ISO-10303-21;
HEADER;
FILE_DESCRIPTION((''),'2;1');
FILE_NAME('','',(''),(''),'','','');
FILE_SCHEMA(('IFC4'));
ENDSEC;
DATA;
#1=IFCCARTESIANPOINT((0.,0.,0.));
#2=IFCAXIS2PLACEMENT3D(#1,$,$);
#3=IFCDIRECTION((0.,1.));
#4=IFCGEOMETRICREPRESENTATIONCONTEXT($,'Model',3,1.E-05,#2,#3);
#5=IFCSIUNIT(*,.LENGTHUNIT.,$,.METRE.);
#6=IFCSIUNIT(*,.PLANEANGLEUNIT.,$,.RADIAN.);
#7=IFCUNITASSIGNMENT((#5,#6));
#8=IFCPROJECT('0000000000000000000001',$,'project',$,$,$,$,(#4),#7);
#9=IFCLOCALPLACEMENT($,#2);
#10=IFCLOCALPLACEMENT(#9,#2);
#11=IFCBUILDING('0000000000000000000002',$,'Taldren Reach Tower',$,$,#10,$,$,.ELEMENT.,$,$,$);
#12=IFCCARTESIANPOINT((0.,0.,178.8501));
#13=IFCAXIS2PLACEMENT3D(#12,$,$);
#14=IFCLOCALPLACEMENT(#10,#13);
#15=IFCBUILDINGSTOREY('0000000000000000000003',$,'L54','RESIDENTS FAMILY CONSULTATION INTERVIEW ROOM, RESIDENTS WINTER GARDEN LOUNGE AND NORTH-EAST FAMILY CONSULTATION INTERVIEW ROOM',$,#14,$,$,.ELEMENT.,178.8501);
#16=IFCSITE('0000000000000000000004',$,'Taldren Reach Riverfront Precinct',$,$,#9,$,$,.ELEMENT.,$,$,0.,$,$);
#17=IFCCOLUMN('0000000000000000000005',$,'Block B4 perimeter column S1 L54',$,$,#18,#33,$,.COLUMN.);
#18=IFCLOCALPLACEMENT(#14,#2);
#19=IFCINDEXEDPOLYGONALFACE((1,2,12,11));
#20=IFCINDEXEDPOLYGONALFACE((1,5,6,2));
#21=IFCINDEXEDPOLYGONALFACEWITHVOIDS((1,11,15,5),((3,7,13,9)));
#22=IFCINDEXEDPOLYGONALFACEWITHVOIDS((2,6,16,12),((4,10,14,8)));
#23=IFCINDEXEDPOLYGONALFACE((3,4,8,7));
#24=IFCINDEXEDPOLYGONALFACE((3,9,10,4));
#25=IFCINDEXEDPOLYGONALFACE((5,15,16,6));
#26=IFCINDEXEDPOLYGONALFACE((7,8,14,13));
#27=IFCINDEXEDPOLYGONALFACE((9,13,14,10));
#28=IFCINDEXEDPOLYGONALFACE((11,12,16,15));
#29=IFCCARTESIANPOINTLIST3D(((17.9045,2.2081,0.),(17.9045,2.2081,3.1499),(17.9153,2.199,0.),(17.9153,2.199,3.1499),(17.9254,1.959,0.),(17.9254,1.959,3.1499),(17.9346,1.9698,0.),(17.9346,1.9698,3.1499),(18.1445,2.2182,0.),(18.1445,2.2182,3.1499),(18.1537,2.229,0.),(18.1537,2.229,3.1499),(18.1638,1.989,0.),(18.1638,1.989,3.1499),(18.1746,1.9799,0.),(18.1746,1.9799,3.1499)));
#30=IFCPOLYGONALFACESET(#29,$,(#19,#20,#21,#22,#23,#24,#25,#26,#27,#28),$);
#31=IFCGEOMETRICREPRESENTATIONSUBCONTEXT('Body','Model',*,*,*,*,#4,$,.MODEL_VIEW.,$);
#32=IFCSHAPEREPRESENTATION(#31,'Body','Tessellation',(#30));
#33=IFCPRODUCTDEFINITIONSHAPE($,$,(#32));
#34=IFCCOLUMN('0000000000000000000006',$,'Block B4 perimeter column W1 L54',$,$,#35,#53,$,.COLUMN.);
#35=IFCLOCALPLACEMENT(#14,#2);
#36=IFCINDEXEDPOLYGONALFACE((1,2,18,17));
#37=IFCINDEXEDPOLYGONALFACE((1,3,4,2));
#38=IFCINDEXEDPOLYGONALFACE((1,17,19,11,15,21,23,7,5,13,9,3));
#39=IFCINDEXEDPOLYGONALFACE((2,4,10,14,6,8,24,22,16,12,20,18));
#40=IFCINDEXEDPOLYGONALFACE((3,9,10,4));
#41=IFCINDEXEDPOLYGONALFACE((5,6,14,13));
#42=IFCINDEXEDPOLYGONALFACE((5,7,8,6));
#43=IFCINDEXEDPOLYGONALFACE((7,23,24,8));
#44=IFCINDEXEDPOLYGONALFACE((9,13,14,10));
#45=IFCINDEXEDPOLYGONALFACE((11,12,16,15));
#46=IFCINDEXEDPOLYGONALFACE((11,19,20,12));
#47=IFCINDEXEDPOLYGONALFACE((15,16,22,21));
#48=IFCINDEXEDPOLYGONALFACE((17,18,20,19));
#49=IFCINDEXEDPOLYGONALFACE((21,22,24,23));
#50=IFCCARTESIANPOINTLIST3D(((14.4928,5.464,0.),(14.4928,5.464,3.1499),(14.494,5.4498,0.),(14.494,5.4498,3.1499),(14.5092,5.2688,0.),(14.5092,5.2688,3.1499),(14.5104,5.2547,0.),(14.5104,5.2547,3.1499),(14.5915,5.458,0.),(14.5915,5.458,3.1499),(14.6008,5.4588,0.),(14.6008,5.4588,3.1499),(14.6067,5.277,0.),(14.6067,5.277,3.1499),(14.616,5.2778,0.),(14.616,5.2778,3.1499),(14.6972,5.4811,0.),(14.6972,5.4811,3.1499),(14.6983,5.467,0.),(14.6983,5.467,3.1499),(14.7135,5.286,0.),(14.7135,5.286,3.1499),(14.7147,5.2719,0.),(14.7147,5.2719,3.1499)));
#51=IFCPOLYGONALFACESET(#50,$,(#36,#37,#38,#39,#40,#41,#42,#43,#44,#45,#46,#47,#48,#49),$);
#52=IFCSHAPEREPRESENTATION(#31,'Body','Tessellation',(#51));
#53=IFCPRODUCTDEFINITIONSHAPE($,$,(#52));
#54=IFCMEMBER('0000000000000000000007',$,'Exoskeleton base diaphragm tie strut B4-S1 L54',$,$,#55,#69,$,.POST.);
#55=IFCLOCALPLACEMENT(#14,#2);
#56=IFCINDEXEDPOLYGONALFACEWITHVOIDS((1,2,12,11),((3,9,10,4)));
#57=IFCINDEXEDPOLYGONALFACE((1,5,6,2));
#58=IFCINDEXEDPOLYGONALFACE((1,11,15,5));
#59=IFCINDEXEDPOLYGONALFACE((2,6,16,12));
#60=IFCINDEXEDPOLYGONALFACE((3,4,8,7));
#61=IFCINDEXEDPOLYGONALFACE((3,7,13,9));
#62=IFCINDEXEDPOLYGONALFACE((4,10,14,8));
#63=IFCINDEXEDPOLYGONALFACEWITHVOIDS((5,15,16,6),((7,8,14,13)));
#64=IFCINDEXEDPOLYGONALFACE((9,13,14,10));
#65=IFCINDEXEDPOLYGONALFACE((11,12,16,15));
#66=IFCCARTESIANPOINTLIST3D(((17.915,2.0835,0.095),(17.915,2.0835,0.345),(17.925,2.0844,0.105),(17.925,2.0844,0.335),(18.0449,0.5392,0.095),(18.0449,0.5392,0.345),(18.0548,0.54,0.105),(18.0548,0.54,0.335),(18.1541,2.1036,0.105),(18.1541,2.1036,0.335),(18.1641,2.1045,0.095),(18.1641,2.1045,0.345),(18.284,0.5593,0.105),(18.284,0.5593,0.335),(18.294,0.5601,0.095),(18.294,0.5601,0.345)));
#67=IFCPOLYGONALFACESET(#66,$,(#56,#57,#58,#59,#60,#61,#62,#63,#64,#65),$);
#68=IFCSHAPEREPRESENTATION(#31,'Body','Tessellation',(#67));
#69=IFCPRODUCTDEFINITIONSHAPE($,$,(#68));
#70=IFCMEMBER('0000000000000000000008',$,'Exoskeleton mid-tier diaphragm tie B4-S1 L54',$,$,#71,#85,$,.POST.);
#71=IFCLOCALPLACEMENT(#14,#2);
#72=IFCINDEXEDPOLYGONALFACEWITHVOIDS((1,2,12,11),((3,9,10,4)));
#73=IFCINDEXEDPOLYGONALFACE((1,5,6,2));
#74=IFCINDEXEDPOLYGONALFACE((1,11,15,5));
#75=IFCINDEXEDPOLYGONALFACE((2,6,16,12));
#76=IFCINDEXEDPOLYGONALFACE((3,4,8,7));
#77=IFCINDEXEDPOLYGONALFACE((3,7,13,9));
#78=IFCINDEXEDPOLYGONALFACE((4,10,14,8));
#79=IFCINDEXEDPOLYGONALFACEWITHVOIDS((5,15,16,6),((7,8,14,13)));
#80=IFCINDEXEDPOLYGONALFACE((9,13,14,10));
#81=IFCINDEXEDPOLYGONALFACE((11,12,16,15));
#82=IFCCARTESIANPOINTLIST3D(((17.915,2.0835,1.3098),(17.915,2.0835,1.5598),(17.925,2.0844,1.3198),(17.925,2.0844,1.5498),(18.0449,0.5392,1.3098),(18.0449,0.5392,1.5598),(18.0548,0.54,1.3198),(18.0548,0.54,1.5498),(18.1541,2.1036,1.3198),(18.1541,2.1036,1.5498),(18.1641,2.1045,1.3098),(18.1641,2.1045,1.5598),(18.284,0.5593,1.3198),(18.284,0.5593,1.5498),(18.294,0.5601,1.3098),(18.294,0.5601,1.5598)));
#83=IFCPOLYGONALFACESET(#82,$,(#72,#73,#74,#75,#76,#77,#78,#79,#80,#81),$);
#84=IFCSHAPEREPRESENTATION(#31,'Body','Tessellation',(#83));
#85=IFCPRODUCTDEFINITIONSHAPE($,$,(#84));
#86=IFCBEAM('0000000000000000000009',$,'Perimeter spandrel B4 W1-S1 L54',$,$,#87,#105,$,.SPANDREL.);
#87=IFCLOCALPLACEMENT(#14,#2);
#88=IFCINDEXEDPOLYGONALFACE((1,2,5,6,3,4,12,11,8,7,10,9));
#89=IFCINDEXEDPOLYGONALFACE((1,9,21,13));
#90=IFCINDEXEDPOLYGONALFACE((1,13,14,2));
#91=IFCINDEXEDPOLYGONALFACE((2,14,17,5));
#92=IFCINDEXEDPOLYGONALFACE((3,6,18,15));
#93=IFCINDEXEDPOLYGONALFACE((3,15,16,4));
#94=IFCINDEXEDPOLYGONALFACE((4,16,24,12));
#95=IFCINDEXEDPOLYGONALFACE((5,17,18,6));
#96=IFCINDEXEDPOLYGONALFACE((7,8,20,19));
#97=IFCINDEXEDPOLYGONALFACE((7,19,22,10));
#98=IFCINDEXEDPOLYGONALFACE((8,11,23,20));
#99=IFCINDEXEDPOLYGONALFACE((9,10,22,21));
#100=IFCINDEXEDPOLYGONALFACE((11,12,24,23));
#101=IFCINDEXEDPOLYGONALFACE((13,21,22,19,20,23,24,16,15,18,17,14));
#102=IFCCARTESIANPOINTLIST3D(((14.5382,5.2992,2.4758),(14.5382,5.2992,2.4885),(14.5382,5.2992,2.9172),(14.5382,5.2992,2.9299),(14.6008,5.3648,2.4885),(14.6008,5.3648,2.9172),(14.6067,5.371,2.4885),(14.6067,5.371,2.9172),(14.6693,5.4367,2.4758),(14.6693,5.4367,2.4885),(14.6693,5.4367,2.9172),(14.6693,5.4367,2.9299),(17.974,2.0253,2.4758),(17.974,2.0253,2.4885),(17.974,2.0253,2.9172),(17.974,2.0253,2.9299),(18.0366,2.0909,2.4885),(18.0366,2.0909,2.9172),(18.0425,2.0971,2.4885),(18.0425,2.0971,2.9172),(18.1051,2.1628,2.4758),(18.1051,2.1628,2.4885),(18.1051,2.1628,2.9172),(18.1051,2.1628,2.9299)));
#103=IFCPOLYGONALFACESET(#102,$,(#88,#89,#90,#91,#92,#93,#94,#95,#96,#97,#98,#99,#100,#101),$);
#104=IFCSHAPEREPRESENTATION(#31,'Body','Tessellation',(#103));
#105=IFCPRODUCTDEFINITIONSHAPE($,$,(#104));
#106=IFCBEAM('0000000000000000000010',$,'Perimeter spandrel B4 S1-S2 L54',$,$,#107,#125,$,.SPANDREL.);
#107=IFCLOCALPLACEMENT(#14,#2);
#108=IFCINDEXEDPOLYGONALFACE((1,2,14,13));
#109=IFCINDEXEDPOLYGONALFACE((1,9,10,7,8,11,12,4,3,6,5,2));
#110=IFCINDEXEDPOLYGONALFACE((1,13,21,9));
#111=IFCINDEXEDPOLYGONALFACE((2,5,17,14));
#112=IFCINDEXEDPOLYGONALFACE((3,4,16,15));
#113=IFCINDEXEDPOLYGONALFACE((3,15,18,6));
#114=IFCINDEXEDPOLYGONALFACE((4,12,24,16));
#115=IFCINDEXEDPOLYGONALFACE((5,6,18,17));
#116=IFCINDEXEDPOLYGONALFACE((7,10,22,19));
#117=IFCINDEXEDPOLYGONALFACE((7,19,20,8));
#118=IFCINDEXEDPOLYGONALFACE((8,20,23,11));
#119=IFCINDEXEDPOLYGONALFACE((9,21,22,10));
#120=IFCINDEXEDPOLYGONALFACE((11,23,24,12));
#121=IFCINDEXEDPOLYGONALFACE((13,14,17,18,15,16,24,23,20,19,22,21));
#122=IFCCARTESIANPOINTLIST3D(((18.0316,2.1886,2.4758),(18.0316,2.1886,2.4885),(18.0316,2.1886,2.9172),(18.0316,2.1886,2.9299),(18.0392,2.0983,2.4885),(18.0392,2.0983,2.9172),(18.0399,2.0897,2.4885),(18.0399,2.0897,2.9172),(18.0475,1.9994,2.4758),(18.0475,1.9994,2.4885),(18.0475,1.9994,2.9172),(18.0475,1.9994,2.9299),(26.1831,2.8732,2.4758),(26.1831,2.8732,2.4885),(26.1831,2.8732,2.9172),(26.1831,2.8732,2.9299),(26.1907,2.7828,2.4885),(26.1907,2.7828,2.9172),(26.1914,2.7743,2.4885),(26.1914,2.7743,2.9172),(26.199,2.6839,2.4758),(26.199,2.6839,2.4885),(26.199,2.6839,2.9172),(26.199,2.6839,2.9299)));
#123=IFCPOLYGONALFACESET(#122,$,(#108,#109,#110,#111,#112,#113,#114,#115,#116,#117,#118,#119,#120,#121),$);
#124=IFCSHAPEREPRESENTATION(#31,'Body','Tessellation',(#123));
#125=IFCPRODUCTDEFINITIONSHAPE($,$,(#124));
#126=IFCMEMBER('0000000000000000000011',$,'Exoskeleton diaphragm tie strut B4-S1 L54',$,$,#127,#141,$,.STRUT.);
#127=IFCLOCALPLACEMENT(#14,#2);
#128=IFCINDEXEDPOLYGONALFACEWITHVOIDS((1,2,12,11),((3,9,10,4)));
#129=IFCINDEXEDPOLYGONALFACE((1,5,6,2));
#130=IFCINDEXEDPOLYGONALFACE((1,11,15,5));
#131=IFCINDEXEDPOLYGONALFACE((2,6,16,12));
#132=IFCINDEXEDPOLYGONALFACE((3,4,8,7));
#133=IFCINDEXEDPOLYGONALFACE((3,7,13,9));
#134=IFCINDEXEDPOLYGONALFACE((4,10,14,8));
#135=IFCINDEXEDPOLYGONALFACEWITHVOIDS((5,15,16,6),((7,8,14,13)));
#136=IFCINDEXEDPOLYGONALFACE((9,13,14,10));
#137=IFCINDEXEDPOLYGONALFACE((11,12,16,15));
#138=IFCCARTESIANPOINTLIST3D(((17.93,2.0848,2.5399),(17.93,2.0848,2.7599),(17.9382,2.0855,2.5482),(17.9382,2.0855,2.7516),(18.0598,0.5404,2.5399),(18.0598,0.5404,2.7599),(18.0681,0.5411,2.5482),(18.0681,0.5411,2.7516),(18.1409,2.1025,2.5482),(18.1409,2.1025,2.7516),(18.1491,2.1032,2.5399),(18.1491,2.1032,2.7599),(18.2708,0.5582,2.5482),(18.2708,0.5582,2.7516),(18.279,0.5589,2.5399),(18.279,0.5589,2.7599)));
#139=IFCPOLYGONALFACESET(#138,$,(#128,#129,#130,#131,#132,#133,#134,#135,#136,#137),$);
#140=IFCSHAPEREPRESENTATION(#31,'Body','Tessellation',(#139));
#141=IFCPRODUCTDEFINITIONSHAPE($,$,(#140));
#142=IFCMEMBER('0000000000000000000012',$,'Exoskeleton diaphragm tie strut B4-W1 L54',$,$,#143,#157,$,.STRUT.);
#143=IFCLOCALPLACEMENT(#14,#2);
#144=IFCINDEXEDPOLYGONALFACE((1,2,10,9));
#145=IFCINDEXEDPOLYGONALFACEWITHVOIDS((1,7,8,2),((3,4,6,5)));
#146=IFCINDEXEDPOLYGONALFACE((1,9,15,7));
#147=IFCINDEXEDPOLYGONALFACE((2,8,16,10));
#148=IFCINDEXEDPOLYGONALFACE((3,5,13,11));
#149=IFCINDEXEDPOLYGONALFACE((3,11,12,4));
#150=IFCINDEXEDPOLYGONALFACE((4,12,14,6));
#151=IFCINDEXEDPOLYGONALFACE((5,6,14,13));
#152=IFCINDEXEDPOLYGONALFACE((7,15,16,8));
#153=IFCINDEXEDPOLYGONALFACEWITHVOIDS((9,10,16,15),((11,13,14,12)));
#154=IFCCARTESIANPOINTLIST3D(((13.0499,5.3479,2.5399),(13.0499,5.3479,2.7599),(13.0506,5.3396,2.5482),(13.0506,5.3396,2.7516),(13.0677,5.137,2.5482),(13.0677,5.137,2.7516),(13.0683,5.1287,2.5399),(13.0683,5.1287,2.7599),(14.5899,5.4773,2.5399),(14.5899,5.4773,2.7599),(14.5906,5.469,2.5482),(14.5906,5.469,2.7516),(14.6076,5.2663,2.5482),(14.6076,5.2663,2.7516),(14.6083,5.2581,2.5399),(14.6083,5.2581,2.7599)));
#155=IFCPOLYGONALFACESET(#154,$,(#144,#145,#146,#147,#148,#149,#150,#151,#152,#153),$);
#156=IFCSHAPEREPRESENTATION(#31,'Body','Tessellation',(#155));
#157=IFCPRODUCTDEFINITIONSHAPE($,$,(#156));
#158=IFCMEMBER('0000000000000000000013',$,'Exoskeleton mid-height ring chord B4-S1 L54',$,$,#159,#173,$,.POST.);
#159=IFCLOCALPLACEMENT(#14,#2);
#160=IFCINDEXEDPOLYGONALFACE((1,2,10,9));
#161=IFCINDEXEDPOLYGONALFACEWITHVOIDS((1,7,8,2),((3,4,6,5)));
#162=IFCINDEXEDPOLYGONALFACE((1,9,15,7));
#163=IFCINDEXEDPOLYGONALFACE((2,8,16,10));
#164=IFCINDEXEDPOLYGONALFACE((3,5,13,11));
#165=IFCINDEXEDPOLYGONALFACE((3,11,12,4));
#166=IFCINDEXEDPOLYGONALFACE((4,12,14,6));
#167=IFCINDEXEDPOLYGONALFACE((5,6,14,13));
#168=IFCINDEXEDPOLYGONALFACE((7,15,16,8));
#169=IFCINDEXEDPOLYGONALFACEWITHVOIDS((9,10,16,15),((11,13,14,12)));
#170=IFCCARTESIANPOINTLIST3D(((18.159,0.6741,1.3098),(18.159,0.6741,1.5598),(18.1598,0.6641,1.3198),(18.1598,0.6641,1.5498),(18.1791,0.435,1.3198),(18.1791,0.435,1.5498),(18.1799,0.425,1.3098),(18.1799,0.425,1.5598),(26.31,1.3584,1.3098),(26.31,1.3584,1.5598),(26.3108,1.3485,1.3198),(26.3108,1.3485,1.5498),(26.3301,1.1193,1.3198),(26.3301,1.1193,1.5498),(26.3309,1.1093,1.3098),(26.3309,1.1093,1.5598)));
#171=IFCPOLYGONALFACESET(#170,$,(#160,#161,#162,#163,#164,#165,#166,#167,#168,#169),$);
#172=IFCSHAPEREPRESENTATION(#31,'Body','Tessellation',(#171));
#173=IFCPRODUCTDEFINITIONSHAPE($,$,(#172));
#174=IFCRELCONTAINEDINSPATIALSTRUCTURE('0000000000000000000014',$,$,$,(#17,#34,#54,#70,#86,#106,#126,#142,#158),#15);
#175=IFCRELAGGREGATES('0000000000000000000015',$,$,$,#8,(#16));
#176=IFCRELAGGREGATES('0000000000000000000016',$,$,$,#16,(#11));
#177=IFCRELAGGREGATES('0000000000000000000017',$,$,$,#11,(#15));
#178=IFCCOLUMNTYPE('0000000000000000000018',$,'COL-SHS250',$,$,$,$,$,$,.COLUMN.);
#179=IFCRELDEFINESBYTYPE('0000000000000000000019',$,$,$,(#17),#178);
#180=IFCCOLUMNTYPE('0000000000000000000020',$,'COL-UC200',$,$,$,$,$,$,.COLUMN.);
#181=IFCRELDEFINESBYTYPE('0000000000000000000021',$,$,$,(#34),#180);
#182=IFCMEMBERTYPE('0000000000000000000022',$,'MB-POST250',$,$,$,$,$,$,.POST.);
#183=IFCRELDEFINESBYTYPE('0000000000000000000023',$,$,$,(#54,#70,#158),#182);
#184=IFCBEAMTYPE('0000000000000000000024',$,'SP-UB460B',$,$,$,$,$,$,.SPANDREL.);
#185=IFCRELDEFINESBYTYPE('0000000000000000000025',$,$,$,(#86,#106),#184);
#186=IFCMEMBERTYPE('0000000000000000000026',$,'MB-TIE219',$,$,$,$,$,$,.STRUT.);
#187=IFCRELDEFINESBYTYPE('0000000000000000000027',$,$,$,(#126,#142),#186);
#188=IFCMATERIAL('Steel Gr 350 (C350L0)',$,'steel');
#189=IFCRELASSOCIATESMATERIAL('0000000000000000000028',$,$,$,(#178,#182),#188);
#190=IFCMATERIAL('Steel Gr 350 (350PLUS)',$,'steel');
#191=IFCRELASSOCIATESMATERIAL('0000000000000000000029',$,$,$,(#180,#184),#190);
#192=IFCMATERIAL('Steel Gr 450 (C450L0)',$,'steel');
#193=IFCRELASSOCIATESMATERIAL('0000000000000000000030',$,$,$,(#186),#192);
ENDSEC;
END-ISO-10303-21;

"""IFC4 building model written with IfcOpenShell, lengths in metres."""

from ifc_helpers import new_model, si_unit, direction, frame, origin, origin_2d, place, context, subcontext, project, spatial, hollow_rectangle, i_section, extrude, source, transform, mapped, material, material_profile, profile_set, type_object, element, save


model = new_model("IFC4")

# Units and contexts
model_context = context("Model", 3, precision=1e-05, world=origin(), true_north=direction((0.0, 1.0)))
body_context = subcontext(model_context, "Body", "Model", "MODEL_VIEW")
ifc_project = project(units=[si_unit("LENGTHUNIT", "METRE"), si_unit("PLANEANGLEUNIT", "RADIAN")], contexts=[model_context])

# Site, building, storey
site_placement = place(None, origin())
site = spatial("IfcSite", under=ifc_project, at=site_placement, Name="Taldren Reach Riverfront Precinct", CompositionType="ELEMENT", RefElevation=0.0)
building_placement = place(site_placement, origin())
building = spatial("IfcBuilding", under=site, at=building_placement, Name="Taldren Reach Tower", CompositionType="ELEMENT")
storey_placement = place(building_placement, frame((0.0, 0.0, 178.8501)))
storey = spatial("IfcBuildingStorey", under=building, at=storey_placement, Name="L54", Description="RESIDENTS FAMILY CONSULTATION INTERVIEW ROOM, RESIDENTS WINTER GARDEN LOUNGE AND NORTH-EAST FAMILY CONSULTATION INTERVIEW ROOM", CompositionType="ELEMENT", Elevation=178.8501)

# Columns
ifc_material_1 = material(Name="Steel Gr 350 (C350L0)", Category="steel")
ifc_material_profile_1 = material_profile(ifc_material_1, hollow_rectangle(XDim=0.25, YDim=0.25, WallThickness=0.01, at=origin_2d()), Name="250x250x10.0SHS")
ifc_profile_set_1 = profile_set([ifc_material_profile_1], Name="Steel Gr 350 (C350L0)")
column_type_1 = type_object("IfcColumnType", Name="COL-SHS250", PredefinedType="COLUMN", material=ifc_profile_set_1)
shared_shape_1 = source(origin(), body_context, "Body", "SweptSolid", [
    extrude(hollow_rectangle(XDim=0.25, YDim=0.25, WallThickness=0.01, at=origin_2d()), origin(), (0.0, 0.0, 1.0), 3.1499),
])
column_1_placement = place(storey_placement, frame((18.0396, 2.094, 0.0), z_axis=(0.0, 0.0, 1.0), x_axis=(0.996493, 0.083678, 0.0)))
element("IfcColumn", 1, at=column_1_placement, inside=storey, type_object=column_type_1, Name="Block B4 perimeter column S1 L54", PredefinedType="COLUMN", context=body_context, shape_type="MappedRepresentation", body=[
    mapped(shared_shape_1, transform((0.0, 0.0, 0.0), scale=1.0)),
])
ifc_material_2 = material(Name="Steel Gr 350 (350PLUS)", Category="steel")
ifc_material_profile_2 = material_profile(ifc_material_2, i_section(OverallWidth=0.2051, OverallDepth=0.21, WebThickness=0.0093, FlangeThickness=0.0142, at=origin_2d()), Name="200UC59.5")
ifc_profile_set_2 = profile_set([ifc_material_profile_2], Name="Steel Gr 350 (350PLUS)")
column_type_2 = type_object("IfcColumnType", Name="COL-UC200", PredefinedType="COLUMN", material=ifc_profile_set_2)
shared_shape_2 = source(origin(), body_context, "Body", "SweptSolid", [
    extrude(i_section(OverallWidth=0.2051, OverallDepth=0.21, WebThickness=0.0093, FlangeThickness=0.0142, at=origin_2d()), origin(), (0.0, 0.0, 1.0), 3.1499),
])
column_2_placement = place(storey_placement, frame((14.6038, 5.3679, 0.0), z_axis=(0.0, 0.0, 1.0), x_axis=(0.996493, 0.083678, 0.0)))
element("IfcColumn", 2, at=column_2_placement, inside=storey, type_object=column_type_2, Name="Block B4 perimeter column W1 L54", PredefinedType="COLUMN", context=body_context, shape_type="MappedRepresentation", body=[
    mapped(shared_shape_2, transform((0.0, 0.0, 0.0), scale=1.0)),
])

# Members
ifc_material_profile_3 = material_profile(ifc_material_1, hollow_rectangle(XDim=0.25, YDim=0.25, WallThickness=0.01, at=origin_2d()), Name="250x250x10.0SHS")
ifc_profile_set_3 = profile_set([ifc_material_profile_3], Name="Steel Gr 350 (C350L0)")
member_type_1 = type_object("IfcMemberType", Name="MB-POST250", PredefinedType="POST", material=ifc_profile_set_3)
shared_shape_3 = source(origin(), body_context, "Body", "SweptSolid", [
    extrude(hollow_rectangle(XDim=0.25, YDim=0.25, WallThickness=0.01, at=origin_2d()), origin(), (0.0, 0.0, 1.0), 1.5498),
])
for number, where, z_axis, x_axis, name in (
    (3, (18.0396, 2.094, 0.22), (0.083802, -0.996482, 0.0), (0.996482, 0.083802, 0.0), "Exoskeleton base diaphragm tie strut B4-S1 L54"),
    (4, (18.0396, 2.094, 1.4348), (0.083802, -0.996482, 0.0), (0.996482, 0.083802, 0.0), "Exoskeleton mid-tier diaphragm tie B4-S1 L54"),
):
    element("IfcMember", number, at=place(storey_placement, frame(where, z_axis=z_axis, x_axis=x_axis)), inside=storey, type_object=member_type_1, Name=name, PredefinedType="POST", context=body_context, shape_type="MappedRepresentation", body=[
        mapped(shared_shape_3, transform((0.0, 0.0, 0.0), scale=1.0)),
    ])

# Beams
ifc_material_profile_4 = material_profile(ifc_material_2, i_section(OverallWidth=0.1899, OverallDepth=0.4541, WebThickness=0.0085, FlangeThickness=0.0127, at=origin_2d()), Name="460UB67.1")
ifc_profile_set_4 = profile_set([ifc_material_profile_4], Name="Steel Gr 350 (350PLUS)")
beam_type = type_object("IfcBeamType", Name="SP-UB460B", PredefinedType="SPANDREL", material=ifc_profile_set_4)
shared_shape_4 = source(origin(), body_context, "Body", "SweptSolid", [
    extrude(i_section(OverallWidth=0.1899, OverallDepth=0.4541, WebThickness=0.0085, FlangeThickness=0.0127, at=origin_2d()), origin(), (0.0, 0.0, 1.0), 4.7458),
])
beam_1_placement = place(storey_placement, frame((14.6038, 5.3679, 2.7029), z_axis=(0.723954, -0.689848, 0.0), x_axis=(0.689848, 0.723954, 0.0)))
element("IfcBeam", 5, at=beam_1_placement, inside=storey, type_object=beam_type, Name="Perimeter spandrel B4 W1-S1 L54", PredefinedType="SPANDREL", context=body_context, shape_type="MappedRepresentation", body=[
    mapped(shared_shape_4, transform((0.0, 0.0, 0.0), scale=1.0)),
])
shared_shape_5 = source(origin(), body_context, "Body", "SweptSolid", [
    extrude(i_section(OverallWidth=0.1899, OverallDepth=0.4541, WebThickness=0.0085, FlangeThickness=0.0127, at=origin_2d()), origin(), (0.0, 0.0, 1.0), 8.1802),
])
beam_2_placement = place(storey_placement, frame((18.0396, 2.094, 2.7029), z_axis=(0.996492, 0.083688, 0.0), x_axis=(-0.083688, 0.996492, 0.0)))
element("IfcBeam", 6, at=beam_2_placement, inside=storey, type_object=beam_type, Name="Perimeter spandrel B4 S1-S2 L54", PredefinedType="SPANDREL", context=body_context, shape_type="MappedRepresentation", body=[
    mapped(shared_shape_5, transform((0.0, 0.0, 0.0), scale=1.0)),
])

# Members
ifc_material_3 = material(Name="Steel Gr 450 (C450L0)", Category="steel")
ifc_material_profile_5 = material_profile(ifc_material_3, hollow_rectangle(XDim=0.22, YDim=0.22, WallThickness=0.0083, at=origin_2d()), Name="220x220x8.2SHS")
ifc_profile_set_5 = profile_set([ifc_material_profile_5], Name="Steel Gr 450 (C450L0)")
member_type_2 = type_object("IfcMemberType", Name="MB-TIE219", PredefinedType="STRUT", material=ifc_profile_set_5)
shared_shape_6 = source(origin(), body_context, "Body", "SweptSolid", [
    extrude(hollow_rectangle(XDim=0.22, YDim=0.22, WallThickness=0.0083, at=origin_2d()), origin(), (0.0, 0.0, 1.0), 1.5498),
])
member_1_placement = place(storey_placement, frame((18.0396, 2.094, 2.6499), z_axis=(0.083802, -0.996482, 0.0), x_axis=(0.996482, 0.083802, 0.0)))
element("IfcMember", 7, at=member_1_placement, inside=storey, type_object=member_type_2, Name="Exoskeleton diaphragm tie strut B4-S1 L54", PredefinedType="STRUT", context=body_context, shape_type="MappedRepresentation", body=[
    mapped(shared_shape_6, transform((0.0, 0.0, 0.0), scale=1.0)),
])
shared_shape_7 = source(origin(), body_context, "Body", "SweptSolid", [
    extrude(hollow_rectangle(XDim=0.22, YDim=0.22, WallThickness=0.0083, at=origin_2d()), origin(), (0.0, 0.0, 1.0), 1.5454),
])
member_2_placement = place(storey_placement, frame((14.5991, 5.3677, 2.6499), z_axis=(-0.996489, -0.083725, 0.0), x_axis=(0.083725, -0.996489, 0.0)))
element("IfcMember", 8, at=member_2_placement, inside=storey, type_object=member_type_2, Name="Exoskeleton diaphragm tie strut B4-W1 L54", PredefinedType="STRUT", context=body_context, shape_type="MappedRepresentation", body=[
    mapped(shared_shape_7, transform((0.0, 0.0, 0.0), scale=1.0)),
])
shared_shape_8 = source(origin(), body_context, "Body", "SweptSolid", [
    extrude(hollow_rectangle(XDim=0.25, YDim=0.25, WallThickness=0.01, at=origin_2d()), origin(), (0.0, 0.0, 1.0), 8.1797),
])
member_3_placement = place(storey_placement, frame((18.1694, 0.5496, 1.4348), z_axis=(0.996494, 0.083661, 0.0), x_axis=(-0.083661, 0.996494, 0.0)))
element("IfcMember", 9, at=member_3_placement, inside=storey, type_object=member_type_1, Name="Exoskeleton mid-height ring chord B4-S1 L54", PredefinedType="POST", context=body_context, shape_type="MappedRepresentation", body=[
    mapped(shared_shape_8, transform((0.0, 0.0, 0.0), scale=1.0)),
])

save(model, "model.ifc")
